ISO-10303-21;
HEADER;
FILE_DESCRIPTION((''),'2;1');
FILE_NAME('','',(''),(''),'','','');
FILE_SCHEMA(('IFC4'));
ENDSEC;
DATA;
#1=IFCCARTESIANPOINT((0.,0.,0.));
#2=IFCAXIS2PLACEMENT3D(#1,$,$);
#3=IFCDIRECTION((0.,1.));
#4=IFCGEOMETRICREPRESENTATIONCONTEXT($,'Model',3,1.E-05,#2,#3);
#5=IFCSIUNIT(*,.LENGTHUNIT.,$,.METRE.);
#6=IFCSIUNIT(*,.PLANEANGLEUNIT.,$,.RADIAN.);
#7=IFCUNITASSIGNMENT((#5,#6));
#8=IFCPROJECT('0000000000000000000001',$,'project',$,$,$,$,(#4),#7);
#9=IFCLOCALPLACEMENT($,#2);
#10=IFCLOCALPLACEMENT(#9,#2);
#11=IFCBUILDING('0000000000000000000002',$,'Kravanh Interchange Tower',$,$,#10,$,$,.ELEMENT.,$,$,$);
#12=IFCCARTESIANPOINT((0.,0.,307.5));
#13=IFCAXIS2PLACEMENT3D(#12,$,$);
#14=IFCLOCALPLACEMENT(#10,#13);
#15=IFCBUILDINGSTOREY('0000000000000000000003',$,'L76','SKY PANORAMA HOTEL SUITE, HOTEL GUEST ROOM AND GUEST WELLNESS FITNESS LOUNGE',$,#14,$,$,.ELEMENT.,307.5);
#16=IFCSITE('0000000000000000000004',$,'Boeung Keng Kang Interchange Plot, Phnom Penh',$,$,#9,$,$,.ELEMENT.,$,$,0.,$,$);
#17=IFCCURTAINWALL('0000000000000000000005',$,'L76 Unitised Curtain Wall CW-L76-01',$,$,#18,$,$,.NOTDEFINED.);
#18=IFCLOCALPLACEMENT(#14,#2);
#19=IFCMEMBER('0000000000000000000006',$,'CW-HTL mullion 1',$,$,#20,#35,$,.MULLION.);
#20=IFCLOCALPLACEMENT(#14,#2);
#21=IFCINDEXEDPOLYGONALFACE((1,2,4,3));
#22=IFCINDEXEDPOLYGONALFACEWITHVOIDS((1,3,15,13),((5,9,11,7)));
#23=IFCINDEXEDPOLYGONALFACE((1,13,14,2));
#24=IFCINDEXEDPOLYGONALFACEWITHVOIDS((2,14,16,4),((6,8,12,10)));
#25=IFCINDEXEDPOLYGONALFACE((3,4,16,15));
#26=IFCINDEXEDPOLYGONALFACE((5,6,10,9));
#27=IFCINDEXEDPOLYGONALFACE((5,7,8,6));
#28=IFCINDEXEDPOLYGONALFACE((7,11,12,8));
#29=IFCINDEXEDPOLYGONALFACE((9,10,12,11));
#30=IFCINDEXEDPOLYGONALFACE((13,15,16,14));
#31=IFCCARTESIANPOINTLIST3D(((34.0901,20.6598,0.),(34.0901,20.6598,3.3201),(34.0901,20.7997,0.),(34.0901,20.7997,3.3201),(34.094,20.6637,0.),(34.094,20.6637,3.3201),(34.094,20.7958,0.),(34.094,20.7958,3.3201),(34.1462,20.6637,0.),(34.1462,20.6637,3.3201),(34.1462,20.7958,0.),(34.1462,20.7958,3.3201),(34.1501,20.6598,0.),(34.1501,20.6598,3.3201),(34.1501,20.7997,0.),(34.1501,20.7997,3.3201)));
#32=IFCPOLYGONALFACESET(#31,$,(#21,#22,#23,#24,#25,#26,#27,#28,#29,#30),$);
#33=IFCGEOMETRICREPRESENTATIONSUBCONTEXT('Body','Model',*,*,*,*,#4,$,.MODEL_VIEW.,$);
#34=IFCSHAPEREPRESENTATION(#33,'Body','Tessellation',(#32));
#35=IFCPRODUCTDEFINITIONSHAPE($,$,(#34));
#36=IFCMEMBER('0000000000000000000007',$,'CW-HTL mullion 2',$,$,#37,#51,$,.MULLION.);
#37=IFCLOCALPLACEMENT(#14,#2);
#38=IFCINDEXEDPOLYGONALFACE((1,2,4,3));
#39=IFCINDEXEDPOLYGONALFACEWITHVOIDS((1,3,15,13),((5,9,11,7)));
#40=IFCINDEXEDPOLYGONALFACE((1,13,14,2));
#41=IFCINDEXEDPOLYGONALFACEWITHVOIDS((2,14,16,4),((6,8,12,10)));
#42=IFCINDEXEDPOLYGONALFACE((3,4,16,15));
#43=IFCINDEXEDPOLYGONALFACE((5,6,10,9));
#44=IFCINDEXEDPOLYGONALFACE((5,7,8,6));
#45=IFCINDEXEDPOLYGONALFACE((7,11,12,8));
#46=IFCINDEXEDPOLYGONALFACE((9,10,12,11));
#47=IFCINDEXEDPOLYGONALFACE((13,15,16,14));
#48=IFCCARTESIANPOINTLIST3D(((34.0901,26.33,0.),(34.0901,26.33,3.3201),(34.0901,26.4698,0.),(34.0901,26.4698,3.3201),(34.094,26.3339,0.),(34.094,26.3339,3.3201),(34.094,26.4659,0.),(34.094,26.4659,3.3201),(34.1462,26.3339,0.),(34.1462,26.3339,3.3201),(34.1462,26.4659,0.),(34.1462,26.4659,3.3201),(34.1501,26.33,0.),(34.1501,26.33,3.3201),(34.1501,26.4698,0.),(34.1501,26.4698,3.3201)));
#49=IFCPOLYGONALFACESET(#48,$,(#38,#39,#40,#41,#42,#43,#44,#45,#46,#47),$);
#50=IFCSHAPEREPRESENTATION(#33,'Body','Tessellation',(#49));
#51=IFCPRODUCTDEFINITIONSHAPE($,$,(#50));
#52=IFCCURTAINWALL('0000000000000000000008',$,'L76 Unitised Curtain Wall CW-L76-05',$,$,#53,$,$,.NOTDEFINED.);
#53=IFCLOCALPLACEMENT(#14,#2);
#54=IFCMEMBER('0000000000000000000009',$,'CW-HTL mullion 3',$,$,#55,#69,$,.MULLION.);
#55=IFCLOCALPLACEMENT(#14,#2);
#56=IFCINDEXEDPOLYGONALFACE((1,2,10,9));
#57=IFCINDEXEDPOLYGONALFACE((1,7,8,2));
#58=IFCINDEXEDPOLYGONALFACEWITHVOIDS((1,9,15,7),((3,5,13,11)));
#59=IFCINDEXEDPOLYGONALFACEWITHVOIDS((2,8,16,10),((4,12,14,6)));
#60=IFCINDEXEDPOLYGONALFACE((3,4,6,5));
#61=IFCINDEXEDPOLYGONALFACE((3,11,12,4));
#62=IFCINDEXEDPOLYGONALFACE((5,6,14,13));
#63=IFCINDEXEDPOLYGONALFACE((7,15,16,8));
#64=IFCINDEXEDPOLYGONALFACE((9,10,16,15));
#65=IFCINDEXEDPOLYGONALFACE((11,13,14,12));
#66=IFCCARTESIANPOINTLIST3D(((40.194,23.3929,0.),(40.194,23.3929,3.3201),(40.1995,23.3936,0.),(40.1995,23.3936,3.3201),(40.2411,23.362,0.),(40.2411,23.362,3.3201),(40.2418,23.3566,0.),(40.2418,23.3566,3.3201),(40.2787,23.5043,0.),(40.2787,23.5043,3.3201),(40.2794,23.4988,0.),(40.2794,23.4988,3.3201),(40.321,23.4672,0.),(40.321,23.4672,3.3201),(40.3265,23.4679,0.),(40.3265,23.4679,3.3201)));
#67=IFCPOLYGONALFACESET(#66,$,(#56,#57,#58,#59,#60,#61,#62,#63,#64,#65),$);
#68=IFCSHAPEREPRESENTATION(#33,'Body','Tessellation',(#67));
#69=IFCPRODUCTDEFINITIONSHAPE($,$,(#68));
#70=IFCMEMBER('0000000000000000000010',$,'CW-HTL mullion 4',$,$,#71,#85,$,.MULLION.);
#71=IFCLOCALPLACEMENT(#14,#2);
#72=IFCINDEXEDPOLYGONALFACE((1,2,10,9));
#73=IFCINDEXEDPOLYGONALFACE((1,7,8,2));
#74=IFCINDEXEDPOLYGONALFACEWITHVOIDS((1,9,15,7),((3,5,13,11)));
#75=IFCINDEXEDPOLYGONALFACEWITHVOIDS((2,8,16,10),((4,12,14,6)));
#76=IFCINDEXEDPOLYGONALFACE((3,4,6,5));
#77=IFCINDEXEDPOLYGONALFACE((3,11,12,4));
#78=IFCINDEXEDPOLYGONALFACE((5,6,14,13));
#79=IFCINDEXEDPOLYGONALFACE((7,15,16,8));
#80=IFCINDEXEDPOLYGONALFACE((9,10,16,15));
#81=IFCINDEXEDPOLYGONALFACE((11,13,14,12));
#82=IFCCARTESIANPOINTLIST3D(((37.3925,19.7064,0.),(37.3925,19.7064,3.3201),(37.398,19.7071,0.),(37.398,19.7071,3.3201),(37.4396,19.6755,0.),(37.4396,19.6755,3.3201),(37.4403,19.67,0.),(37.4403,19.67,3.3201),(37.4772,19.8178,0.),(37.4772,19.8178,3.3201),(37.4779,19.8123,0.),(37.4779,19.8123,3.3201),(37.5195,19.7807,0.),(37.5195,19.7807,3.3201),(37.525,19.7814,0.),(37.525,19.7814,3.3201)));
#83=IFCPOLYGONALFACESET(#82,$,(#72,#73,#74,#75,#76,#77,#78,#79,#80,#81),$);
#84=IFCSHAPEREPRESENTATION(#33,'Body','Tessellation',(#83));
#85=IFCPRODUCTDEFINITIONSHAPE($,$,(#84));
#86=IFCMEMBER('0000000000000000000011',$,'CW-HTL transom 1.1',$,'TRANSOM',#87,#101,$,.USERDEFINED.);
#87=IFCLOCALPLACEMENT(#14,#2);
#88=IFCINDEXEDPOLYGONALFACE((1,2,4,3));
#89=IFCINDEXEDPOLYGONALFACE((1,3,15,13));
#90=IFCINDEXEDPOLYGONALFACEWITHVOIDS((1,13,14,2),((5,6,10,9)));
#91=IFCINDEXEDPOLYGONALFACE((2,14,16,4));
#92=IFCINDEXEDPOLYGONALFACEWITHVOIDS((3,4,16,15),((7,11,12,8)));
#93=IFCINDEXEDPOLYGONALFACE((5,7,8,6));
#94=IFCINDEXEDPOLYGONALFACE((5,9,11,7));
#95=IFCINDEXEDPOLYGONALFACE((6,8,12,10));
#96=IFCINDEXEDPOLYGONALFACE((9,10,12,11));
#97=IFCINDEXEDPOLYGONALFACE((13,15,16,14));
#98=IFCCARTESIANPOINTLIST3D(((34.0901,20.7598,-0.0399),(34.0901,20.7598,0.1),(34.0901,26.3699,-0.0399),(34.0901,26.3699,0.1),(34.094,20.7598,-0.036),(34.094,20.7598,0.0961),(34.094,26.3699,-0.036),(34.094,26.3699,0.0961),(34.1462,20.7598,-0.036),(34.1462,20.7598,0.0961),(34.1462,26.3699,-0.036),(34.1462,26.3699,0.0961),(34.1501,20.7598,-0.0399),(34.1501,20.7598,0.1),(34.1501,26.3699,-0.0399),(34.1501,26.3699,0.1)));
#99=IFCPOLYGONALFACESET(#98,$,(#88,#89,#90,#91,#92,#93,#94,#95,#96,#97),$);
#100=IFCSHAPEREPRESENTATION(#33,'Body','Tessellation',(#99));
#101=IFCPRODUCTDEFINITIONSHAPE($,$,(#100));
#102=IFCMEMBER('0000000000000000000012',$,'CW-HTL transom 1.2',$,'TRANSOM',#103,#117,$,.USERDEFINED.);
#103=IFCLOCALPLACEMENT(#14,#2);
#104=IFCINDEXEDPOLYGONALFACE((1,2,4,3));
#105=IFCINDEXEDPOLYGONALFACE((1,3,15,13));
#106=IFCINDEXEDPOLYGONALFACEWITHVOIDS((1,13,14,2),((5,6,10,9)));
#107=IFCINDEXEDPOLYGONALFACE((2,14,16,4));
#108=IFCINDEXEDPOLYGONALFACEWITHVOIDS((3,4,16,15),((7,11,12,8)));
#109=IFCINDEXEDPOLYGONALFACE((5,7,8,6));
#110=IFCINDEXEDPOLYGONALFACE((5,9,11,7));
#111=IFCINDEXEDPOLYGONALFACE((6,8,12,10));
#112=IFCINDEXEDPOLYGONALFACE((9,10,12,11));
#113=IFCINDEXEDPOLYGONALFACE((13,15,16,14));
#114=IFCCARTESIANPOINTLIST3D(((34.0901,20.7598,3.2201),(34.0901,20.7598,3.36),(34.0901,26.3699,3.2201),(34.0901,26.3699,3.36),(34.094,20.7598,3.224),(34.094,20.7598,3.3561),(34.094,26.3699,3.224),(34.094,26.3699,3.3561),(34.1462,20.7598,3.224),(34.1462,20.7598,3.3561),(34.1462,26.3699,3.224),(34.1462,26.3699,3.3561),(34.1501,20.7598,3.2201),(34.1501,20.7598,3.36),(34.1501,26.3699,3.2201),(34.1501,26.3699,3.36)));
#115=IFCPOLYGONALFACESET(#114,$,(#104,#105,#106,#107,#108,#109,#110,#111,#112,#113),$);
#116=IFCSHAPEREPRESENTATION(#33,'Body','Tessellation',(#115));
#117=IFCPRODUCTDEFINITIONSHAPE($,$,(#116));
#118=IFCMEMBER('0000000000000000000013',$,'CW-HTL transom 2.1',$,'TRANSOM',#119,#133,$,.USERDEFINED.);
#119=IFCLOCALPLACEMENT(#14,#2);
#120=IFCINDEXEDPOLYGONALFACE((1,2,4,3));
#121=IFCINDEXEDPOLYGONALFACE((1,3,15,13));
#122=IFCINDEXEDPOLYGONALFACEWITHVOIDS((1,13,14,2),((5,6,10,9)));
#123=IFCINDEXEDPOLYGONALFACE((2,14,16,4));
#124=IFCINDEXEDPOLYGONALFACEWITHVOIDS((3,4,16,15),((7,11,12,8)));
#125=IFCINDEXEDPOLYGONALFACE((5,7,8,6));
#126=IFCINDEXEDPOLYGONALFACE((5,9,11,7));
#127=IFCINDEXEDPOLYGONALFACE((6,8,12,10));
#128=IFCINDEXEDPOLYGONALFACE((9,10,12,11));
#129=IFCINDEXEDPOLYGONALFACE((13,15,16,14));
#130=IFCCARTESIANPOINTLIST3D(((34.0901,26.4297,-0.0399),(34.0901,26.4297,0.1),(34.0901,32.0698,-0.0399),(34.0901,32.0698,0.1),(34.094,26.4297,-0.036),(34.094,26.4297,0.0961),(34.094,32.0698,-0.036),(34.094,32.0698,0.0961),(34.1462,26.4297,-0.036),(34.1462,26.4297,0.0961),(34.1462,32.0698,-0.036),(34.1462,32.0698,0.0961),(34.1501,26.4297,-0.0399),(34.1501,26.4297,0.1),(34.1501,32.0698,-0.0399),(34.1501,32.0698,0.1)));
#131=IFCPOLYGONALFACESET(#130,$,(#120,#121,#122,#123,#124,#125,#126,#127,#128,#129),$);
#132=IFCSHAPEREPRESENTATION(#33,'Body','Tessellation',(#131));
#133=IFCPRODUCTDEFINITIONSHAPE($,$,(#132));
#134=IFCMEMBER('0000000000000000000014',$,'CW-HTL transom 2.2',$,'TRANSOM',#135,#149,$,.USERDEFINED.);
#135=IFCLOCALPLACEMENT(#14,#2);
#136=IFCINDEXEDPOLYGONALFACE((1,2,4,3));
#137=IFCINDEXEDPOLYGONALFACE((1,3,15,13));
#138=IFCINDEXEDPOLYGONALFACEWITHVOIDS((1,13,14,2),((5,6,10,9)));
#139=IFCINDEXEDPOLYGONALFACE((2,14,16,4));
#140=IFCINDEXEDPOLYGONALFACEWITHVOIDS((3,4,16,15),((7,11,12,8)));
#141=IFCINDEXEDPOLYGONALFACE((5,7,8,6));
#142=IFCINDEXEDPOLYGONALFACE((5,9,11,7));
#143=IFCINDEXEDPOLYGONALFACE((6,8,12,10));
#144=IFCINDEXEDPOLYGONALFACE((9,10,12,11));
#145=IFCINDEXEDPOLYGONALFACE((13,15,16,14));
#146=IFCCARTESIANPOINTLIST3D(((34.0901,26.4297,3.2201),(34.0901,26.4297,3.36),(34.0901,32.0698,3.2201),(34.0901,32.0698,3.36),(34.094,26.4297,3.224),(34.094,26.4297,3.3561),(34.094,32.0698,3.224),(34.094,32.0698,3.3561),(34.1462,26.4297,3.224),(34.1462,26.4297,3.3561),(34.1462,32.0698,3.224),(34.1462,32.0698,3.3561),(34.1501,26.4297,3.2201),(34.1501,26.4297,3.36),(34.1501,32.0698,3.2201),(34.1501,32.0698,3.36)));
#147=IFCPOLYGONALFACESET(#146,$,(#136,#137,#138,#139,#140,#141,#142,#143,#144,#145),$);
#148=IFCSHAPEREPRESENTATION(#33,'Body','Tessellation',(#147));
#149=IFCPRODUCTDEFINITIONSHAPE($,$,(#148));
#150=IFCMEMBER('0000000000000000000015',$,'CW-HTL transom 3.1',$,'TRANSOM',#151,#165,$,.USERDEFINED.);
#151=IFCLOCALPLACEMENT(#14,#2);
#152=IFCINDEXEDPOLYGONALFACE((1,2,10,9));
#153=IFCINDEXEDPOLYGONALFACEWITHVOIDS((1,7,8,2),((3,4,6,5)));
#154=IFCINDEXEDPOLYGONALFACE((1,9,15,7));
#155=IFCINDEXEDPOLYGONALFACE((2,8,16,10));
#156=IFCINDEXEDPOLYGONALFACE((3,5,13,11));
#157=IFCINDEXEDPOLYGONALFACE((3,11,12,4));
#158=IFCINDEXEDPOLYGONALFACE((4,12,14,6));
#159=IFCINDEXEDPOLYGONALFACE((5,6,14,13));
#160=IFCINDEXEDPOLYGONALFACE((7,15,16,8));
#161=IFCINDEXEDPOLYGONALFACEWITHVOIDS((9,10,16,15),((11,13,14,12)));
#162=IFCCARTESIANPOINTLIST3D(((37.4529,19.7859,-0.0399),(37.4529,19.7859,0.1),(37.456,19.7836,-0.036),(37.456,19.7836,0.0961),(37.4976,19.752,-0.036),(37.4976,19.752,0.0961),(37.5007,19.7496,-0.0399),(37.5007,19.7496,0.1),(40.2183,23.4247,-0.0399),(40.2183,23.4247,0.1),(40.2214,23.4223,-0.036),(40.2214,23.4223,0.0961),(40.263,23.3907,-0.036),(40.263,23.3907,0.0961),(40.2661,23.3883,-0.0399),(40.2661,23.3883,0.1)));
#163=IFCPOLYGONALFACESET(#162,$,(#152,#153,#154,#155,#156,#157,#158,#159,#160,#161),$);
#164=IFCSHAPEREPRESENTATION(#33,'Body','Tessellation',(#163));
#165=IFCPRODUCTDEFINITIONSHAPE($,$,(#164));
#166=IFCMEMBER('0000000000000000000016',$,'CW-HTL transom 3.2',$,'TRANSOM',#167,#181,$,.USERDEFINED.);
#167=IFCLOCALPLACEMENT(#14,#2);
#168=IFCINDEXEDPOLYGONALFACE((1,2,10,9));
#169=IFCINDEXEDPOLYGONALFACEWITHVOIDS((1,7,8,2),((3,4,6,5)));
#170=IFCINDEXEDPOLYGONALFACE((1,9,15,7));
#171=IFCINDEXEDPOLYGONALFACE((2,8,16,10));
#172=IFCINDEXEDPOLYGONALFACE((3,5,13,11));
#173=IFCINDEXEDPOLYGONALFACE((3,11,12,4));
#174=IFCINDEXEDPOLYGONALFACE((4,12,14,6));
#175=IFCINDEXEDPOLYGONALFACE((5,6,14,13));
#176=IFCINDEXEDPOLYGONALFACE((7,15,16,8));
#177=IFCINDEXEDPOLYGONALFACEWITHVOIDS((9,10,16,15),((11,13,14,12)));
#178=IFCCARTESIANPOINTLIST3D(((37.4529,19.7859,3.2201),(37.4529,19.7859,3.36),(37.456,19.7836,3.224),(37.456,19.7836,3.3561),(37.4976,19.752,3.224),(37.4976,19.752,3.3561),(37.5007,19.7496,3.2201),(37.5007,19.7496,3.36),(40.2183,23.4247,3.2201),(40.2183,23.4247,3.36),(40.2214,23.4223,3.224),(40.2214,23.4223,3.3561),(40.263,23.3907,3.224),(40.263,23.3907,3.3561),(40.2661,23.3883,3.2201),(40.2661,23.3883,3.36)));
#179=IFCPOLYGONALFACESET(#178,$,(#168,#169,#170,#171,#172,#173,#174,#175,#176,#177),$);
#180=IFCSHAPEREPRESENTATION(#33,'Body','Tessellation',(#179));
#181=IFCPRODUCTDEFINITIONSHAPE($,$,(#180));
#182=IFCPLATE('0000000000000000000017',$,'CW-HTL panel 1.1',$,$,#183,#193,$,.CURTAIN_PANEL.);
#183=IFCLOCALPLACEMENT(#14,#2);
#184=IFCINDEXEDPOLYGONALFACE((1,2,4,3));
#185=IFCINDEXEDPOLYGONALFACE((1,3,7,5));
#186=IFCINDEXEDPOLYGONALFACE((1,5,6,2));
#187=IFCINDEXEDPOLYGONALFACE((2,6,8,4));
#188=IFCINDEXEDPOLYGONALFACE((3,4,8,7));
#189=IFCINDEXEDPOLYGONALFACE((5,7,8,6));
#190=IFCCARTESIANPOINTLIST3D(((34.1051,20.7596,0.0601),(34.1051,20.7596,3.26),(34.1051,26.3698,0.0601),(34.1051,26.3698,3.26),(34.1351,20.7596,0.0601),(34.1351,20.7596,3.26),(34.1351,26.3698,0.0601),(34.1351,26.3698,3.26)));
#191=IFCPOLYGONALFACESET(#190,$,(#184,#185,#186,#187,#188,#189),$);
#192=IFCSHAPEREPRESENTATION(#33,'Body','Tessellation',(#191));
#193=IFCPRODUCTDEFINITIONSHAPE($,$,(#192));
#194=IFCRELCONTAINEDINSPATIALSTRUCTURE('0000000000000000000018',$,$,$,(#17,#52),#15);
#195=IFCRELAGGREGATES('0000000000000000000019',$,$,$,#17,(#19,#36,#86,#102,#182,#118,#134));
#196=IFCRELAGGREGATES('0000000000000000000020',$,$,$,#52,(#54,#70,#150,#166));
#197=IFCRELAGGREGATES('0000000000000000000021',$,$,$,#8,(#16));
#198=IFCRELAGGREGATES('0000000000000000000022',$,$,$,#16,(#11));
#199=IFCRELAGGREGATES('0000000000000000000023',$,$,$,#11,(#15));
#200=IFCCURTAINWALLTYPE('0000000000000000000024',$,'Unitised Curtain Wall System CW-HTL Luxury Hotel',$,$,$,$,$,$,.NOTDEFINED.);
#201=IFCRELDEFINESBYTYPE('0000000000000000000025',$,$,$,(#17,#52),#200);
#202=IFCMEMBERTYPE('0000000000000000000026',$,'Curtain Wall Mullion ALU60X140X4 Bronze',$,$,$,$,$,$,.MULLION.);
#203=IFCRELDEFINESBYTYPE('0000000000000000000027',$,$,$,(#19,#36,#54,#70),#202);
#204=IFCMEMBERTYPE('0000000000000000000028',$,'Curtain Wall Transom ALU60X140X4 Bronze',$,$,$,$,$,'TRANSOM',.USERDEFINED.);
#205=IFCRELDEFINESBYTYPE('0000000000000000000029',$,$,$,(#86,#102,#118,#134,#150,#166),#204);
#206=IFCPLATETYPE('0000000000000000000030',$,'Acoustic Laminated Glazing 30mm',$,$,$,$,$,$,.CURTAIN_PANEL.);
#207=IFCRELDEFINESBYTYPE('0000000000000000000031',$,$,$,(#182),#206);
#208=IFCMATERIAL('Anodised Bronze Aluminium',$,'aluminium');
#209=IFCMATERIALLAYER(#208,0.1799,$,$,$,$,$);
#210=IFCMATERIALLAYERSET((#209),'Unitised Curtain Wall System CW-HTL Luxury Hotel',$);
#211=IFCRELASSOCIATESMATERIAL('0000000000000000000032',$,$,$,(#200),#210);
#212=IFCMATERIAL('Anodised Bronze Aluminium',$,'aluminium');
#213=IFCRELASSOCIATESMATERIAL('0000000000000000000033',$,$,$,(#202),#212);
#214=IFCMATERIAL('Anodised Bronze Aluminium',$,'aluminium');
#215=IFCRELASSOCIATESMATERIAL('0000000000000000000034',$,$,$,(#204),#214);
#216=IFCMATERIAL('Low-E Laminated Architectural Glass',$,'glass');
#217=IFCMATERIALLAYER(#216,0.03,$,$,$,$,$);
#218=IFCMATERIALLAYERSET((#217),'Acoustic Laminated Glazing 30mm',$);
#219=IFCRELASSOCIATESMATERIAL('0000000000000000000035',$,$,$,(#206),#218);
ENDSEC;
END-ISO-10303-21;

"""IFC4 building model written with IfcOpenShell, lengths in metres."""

from ifc_helpers import new_model, si_unit, direction, frame, origin, origin_2d, place, context, subcontext, project, spatial, rectangle, hollow_rectangle, extrude, material, layer, layer_set, material_profile, profile_set, type_object, element, aggregate, save


model = new_model("IFC4")

# Units and contexts
model_context = context("Model", 3, precision=1e-05, world=origin(), true_north=direction((0.0, 1.0)))
body_context = subcontext(model_context, "Body", "Model", "MODEL_VIEW")
ifc_project = project(units=[si_unit("LENGTHUNIT", "METRE"), si_unit("PLANEANGLEUNIT", "RADIAN")], contexts=[model_context])

# Site, building, storey
site_placement = place(None, origin())
site = spatial("IfcSite", under=ifc_project, at=site_placement, Name="Boeung Keng Kang Interchange Plot, Phnom Penh", CompositionType="ELEMENT", RefElevation=0.0)
building_placement = place(site_placement, origin())
building = spatial("IfcBuilding", under=site, at=building_placement, Name="Kravanh Interchange Tower", CompositionType="ELEMENT")
storey_placement = place(building_placement, frame((0.0, 0.0, 307.5)))
storey = spatial("IfcBuildingStorey", under=building, at=storey_placement, Name="L76", Description="SKY PANORAMA HOTEL SUITE, HOTEL GUEST ROOM AND GUEST WELLNESS FITNESS LOUNGE", CompositionType="ELEMENT", Elevation=307.5)

# Curtain walls, members
ifc_material_1 = material(Name="Anodised Bronze Aluminium", Category="aluminium")
ifc_layer_1 = layer(ifc_material_1, 0.1799)
ifc_layer_set_1 = layer_set([ifc_layer_1], Name="Unitised Curtain Wall System CW-HTL Luxury Hotel")
curtain_wall_type = type_object("IfcCurtainWallType", Name="Unitised Curtain Wall System CW-HTL Luxury Hotel", PredefinedType="NOTDEFINED", material=ifc_layer_set_1)
curtain_wall_1_placement = place(storey_placement, origin())
curtain_wall_1 = element("IfcCurtainWall", 1, at=curtain_wall_1_placement, inside=storey, type_object=curtain_wall_type, Name="L76 Unitised Curtain Wall CW-L76-01", PredefinedType="NOTDEFINED")
ifc_material_2 = material(Name="Anodised Bronze Aluminium", Category="aluminium")
ifc_material_profile_1 = material_profile(ifc_material_2, hollow_rectangle(XDim=0.0601, YDim=0.1399, WallThickness=0.0039, at=origin_2d()), Name="ALU60X140X4")
ifc_profile_set_1 = profile_set([ifc_material_profile_1], Name="Anodised Bronze Aluminium")
member_type_1 = type_object("IfcMemberType", Name="Curtain Wall Mullion ALU60X140X4 Bronze", PredefinedType="MULLION", material=ifc_profile_set_1)
member_1_placement = place(storey_placement, frame((34.1201, 20.7297, 0.0), z_axis=(0.0, 0.0, 1.0), x_axis=(-1.0, 0.0, 0.0)))
member_1 = element("IfcMember", 2, at=member_1_placement, type_object=member_type_1, Name="CW-HTL mullion 1", PredefinedType="MULLION", context=body_context, shape_type="SweptSolid", body=[
    extrude(hollow_rectangle(XDim=0.0601, YDim=0.1399, WallThickness=0.0039, at=origin_2d()), origin(), (0.0, 0.0, 1.0), 3.3201),
])
member_2_placement = place(storey_placement, frame((34.1201, 26.3999, 0.0), z_axis=(0.0, 0.0, 1.0), x_axis=(-1.0, 0.0, 0.0)))
member_2 = element("IfcMember", 3, at=member_2_placement, type_object=member_type_1, Name="CW-HTL mullion 2", PredefinedType="MULLION", context=body_context, shape_type="SweptSolid", body=[
    extrude(hollow_rectangle(XDim=0.0601, YDim=0.1399, WallThickness=0.0039, at=origin_2d()), origin(), (0.0, 0.0, 1.0), 3.3201),
])
curtain_wall_2_placement = place(storey_placement, origin())
curtain_wall_2 = element("IfcCurtainWall", 4, at=curtain_wall_2_placement, inside=storey, type_object=curtain_wall_type, Name="L76 Unitised Curtain Wall CW-L76-05", PredefinedType="NOTDEFINED")
member_3_placement = place(storey_placement, frame((40.2603, 23.4304, 0.0), z_axis=(0.0, 0.0, 1.0), x_axis=(0.796162, -0.605084, 0.0)))
member_3 = element("IfcMember", 5, at=member_3_placement, type_object=member_type_1, Name="CW-HTL mullion 3", PredefinedType="MULLION", context=body_context, shape_type="SweptSolid", body=[
    extrude(hollow_rectangle(XDim=0.0601, YDim=0.1399, WallThickness=0.0039, at=origin_2d()), origin(), (0.0, 0.0, 1.0), 3.3201),
])
member_4_placement = place(storey_placement, frame((37.4587, 19.7439, 0.0), z_axis=(0.0, 0.0, 1.0), x_axis=(0.796162, -0.605084, 0.0)))
member_4 = element("IfcMember", 6, at=member_4_placement, type_object=member_type_1, Name="CW-HTL mullion 4", PredefinedType="MULLION", context=body_context, shape_type="SweptSolid", body=[
    extrude(hollow_rectangle(XDim=0.0601, YDim=0.1399, WallThickness=0.0039, at=origin_2d()), origin(), (0.0, 0.0, 1.0), 3.3201),
])

# Members
ifc_material_3 = material(Name="Anodised Bronze Aluminium", Category="aluminium")
ifc_material_profile_2 = material_profile(ifc_material_3, hollow_rectangle(XDim=0.0601, YDim=0.1399, WallThickness=0.0039, at=origin_2d()), Name="ALU60X140X4")
ifc_profile_set_2 = profile_set([ifc_material_profile_2], Name="Anodised Bronze Aluminium")
member_type_2 = type_object("IfcMemberType", Name="Curtain Wall Transom ALU60X140X4 Bronze", ElementType="TRANSOM", PredefinedType="USERDEFINED", material=ifc_profile_set_2)
member_5_placement = place(storey_placement, frame((34.1201, 20.7598, 0.03), z_axis=(0.0, 1.0, 0.0), x_axis=(-1.0, 0.0, 0.0)))
member_5 = element("IfcMember", 7, at=member_5_placement, type_object=member_type_2, Name="CW-HTL transom 1.1", ObjectType="TRANSOM", PredefinedType="USERDEFINED", context=body_context, shape_type="SweptSolid", body=[
    extrude(hollow_rectangle(XDim=0.0601, YDim=0.1399, WallThickness=0.0039, at=origin_2d()), origin(), (0.0, 0.0, 1.0), 5.6101),
])
member_6_placement = place(storey_placement, frame((34.1201, 20.7598, 3.29), z_axis=(0.0, 1.0, 0.0), x_axis=(-1.0, 0.0, 0.0)))
member_6 = element("IfcMember", 8, at=member_6_placement, type_object=member_type_2, Name="CW-HTL transom 1.2", ObjectType="TRANSOM", PredefinedType="USERDEFINED", context=body_context, shape_type="SweptSolid", body=[
    extrude(hollow_rectangle(XDim=0.0601, YDim=0.1399, WallThickness=0.0039, at=origin_2d()), origin(), (0.0, 0.0, 1.0), 5.6101),
])
member_7_placement = place(storey_placement, frame((34.1201, 26.4297, 0.03), z_axis=(0.0, 1.0, 0.0), x_axis=(-1.0, 0.0, 0.0)))
member_7 = element("IfcMember", 9, at=member_7_placement, type_object=member_type_2, Name="CW-HTL transom 2.1", ObjectType="TRANSOM", PredefinedType="USERDEFINED", context=body_context, shape_type="SweptSolid", body=[
    extrude(hollow_rectangle(XDim=0.0601, YDim=0.1399, WallThickness=0.0039, at=origin_2d()), origin(), (0.0, 0.0, 1.0), 5.6401),
])
member_8_placement = place(storey_placement, frame((34.1201, 26.4297, 3.29), z_axis=(0.0, 1.0, 0.0), x_axis=(-1.0, 0.0, 0.0)))
member_8 = element("IfcMember", 10, at=member_8_placement, type_object=member_type_2, Name="CW-HTL transom 2.2", ObjectType="TRANSOM", PredefinedType="USERDEFINED", context=body_context, shape_type="SweptSolid", body=[
    extrude(hollow_rectangle(XDim=0.0601, YDim=0.1399, WallThickness=0.0039, at=origin_2d()), origin(), (0.0, 0.0, 1.0), 5.6401),
])
member_9_placement = place(storey_placement, frame((40.2422, 23.4065, 0.03), z_axis=(-0.605082, -0.796163, 0.0), x_axis=(0.796163, -0.605082, 0.0)))
member_9 = element("IfcMember", 11, at=member_9_placement, type_object=member_type_2, Name="CW-HTL transom 3.1", ObjectType="TRANSOM", PredefinedType="USERDEFINED", context=body_context, shape_type="SweptSolid", body=[
    extrude(hollow_rectangle(XDim=0.0601, YDim=0.1399, WallThickness=0.0039, at=origin_2d()), origin(), (0.0, 0.0, 1.0), 4.5703),
])
member_10_placement = place(storey_placement, frame((40.2422, 23.4065, 3.29), z_axis=(-0.605082, -0.796163, 0.0), x_axis=(0.796163, -0.605082, 0.0)))
member_10 = element("IfcMember", 12, at=member_10_placement, type_object=member_type_2, Name="CW-HTL transom 3.2", ObjectType="TRANSOM", PredefinedType="USERDEFINED", context=body_context, shape_type="SweptSolid", body=[
    extrude(hollow_rectangle(XDim=0.0601, YDim=0.1399, WallThickness=0.0039, at=origin_2d()), origin(), (0.0, 0.0, 1.0), 4.5703),
])

# Plate
ifc_material_4 = material(Name="Low-E Laminated Architectural Glass", Category="glass")
ifc_layer_2 = layer(ifc_material_4, 0.03)
ifc_layer_set_2 = layer_set([ifc_layer_2], Name="Acoustic Laminated Glazing 30mm")
plate_type = type_object("IfcPlateType", Name="Acoustic Laminated Glazing 30mm", PredefinedType="CURTAIN_PANEL", material=ifc_layer_set_2)
plate_1_placement = place(storey_placement, frame((34.1201, 23.5647, 0.0601), z_axis=(0.0, 0.0, 1.0), x_axis=(0.0, 1.0, 0.0)))
plate_1 = element("IfcPlate", 13, at=plate_1_placement, type_object=plate_type, Name="CW-HTL panel 1.1", PredefinedType="CURTAIN_PANEL", context=body_context, shape_type="SweptSolid", body=[
    extrude(rectangle(XDim=5.6101, YDim=0.03, at=origin_2d()), origin(), (0.0, 0.0, 1.0), 3.2),
])
aggregate(curtain_wall_1, [member_1, member_2, member_5, member_6, plate_1, member_7, member_8])
aggregate(curtain_wall_2, [member_3, member_4, member_9, member_10])

save(model, "model.ifc")
